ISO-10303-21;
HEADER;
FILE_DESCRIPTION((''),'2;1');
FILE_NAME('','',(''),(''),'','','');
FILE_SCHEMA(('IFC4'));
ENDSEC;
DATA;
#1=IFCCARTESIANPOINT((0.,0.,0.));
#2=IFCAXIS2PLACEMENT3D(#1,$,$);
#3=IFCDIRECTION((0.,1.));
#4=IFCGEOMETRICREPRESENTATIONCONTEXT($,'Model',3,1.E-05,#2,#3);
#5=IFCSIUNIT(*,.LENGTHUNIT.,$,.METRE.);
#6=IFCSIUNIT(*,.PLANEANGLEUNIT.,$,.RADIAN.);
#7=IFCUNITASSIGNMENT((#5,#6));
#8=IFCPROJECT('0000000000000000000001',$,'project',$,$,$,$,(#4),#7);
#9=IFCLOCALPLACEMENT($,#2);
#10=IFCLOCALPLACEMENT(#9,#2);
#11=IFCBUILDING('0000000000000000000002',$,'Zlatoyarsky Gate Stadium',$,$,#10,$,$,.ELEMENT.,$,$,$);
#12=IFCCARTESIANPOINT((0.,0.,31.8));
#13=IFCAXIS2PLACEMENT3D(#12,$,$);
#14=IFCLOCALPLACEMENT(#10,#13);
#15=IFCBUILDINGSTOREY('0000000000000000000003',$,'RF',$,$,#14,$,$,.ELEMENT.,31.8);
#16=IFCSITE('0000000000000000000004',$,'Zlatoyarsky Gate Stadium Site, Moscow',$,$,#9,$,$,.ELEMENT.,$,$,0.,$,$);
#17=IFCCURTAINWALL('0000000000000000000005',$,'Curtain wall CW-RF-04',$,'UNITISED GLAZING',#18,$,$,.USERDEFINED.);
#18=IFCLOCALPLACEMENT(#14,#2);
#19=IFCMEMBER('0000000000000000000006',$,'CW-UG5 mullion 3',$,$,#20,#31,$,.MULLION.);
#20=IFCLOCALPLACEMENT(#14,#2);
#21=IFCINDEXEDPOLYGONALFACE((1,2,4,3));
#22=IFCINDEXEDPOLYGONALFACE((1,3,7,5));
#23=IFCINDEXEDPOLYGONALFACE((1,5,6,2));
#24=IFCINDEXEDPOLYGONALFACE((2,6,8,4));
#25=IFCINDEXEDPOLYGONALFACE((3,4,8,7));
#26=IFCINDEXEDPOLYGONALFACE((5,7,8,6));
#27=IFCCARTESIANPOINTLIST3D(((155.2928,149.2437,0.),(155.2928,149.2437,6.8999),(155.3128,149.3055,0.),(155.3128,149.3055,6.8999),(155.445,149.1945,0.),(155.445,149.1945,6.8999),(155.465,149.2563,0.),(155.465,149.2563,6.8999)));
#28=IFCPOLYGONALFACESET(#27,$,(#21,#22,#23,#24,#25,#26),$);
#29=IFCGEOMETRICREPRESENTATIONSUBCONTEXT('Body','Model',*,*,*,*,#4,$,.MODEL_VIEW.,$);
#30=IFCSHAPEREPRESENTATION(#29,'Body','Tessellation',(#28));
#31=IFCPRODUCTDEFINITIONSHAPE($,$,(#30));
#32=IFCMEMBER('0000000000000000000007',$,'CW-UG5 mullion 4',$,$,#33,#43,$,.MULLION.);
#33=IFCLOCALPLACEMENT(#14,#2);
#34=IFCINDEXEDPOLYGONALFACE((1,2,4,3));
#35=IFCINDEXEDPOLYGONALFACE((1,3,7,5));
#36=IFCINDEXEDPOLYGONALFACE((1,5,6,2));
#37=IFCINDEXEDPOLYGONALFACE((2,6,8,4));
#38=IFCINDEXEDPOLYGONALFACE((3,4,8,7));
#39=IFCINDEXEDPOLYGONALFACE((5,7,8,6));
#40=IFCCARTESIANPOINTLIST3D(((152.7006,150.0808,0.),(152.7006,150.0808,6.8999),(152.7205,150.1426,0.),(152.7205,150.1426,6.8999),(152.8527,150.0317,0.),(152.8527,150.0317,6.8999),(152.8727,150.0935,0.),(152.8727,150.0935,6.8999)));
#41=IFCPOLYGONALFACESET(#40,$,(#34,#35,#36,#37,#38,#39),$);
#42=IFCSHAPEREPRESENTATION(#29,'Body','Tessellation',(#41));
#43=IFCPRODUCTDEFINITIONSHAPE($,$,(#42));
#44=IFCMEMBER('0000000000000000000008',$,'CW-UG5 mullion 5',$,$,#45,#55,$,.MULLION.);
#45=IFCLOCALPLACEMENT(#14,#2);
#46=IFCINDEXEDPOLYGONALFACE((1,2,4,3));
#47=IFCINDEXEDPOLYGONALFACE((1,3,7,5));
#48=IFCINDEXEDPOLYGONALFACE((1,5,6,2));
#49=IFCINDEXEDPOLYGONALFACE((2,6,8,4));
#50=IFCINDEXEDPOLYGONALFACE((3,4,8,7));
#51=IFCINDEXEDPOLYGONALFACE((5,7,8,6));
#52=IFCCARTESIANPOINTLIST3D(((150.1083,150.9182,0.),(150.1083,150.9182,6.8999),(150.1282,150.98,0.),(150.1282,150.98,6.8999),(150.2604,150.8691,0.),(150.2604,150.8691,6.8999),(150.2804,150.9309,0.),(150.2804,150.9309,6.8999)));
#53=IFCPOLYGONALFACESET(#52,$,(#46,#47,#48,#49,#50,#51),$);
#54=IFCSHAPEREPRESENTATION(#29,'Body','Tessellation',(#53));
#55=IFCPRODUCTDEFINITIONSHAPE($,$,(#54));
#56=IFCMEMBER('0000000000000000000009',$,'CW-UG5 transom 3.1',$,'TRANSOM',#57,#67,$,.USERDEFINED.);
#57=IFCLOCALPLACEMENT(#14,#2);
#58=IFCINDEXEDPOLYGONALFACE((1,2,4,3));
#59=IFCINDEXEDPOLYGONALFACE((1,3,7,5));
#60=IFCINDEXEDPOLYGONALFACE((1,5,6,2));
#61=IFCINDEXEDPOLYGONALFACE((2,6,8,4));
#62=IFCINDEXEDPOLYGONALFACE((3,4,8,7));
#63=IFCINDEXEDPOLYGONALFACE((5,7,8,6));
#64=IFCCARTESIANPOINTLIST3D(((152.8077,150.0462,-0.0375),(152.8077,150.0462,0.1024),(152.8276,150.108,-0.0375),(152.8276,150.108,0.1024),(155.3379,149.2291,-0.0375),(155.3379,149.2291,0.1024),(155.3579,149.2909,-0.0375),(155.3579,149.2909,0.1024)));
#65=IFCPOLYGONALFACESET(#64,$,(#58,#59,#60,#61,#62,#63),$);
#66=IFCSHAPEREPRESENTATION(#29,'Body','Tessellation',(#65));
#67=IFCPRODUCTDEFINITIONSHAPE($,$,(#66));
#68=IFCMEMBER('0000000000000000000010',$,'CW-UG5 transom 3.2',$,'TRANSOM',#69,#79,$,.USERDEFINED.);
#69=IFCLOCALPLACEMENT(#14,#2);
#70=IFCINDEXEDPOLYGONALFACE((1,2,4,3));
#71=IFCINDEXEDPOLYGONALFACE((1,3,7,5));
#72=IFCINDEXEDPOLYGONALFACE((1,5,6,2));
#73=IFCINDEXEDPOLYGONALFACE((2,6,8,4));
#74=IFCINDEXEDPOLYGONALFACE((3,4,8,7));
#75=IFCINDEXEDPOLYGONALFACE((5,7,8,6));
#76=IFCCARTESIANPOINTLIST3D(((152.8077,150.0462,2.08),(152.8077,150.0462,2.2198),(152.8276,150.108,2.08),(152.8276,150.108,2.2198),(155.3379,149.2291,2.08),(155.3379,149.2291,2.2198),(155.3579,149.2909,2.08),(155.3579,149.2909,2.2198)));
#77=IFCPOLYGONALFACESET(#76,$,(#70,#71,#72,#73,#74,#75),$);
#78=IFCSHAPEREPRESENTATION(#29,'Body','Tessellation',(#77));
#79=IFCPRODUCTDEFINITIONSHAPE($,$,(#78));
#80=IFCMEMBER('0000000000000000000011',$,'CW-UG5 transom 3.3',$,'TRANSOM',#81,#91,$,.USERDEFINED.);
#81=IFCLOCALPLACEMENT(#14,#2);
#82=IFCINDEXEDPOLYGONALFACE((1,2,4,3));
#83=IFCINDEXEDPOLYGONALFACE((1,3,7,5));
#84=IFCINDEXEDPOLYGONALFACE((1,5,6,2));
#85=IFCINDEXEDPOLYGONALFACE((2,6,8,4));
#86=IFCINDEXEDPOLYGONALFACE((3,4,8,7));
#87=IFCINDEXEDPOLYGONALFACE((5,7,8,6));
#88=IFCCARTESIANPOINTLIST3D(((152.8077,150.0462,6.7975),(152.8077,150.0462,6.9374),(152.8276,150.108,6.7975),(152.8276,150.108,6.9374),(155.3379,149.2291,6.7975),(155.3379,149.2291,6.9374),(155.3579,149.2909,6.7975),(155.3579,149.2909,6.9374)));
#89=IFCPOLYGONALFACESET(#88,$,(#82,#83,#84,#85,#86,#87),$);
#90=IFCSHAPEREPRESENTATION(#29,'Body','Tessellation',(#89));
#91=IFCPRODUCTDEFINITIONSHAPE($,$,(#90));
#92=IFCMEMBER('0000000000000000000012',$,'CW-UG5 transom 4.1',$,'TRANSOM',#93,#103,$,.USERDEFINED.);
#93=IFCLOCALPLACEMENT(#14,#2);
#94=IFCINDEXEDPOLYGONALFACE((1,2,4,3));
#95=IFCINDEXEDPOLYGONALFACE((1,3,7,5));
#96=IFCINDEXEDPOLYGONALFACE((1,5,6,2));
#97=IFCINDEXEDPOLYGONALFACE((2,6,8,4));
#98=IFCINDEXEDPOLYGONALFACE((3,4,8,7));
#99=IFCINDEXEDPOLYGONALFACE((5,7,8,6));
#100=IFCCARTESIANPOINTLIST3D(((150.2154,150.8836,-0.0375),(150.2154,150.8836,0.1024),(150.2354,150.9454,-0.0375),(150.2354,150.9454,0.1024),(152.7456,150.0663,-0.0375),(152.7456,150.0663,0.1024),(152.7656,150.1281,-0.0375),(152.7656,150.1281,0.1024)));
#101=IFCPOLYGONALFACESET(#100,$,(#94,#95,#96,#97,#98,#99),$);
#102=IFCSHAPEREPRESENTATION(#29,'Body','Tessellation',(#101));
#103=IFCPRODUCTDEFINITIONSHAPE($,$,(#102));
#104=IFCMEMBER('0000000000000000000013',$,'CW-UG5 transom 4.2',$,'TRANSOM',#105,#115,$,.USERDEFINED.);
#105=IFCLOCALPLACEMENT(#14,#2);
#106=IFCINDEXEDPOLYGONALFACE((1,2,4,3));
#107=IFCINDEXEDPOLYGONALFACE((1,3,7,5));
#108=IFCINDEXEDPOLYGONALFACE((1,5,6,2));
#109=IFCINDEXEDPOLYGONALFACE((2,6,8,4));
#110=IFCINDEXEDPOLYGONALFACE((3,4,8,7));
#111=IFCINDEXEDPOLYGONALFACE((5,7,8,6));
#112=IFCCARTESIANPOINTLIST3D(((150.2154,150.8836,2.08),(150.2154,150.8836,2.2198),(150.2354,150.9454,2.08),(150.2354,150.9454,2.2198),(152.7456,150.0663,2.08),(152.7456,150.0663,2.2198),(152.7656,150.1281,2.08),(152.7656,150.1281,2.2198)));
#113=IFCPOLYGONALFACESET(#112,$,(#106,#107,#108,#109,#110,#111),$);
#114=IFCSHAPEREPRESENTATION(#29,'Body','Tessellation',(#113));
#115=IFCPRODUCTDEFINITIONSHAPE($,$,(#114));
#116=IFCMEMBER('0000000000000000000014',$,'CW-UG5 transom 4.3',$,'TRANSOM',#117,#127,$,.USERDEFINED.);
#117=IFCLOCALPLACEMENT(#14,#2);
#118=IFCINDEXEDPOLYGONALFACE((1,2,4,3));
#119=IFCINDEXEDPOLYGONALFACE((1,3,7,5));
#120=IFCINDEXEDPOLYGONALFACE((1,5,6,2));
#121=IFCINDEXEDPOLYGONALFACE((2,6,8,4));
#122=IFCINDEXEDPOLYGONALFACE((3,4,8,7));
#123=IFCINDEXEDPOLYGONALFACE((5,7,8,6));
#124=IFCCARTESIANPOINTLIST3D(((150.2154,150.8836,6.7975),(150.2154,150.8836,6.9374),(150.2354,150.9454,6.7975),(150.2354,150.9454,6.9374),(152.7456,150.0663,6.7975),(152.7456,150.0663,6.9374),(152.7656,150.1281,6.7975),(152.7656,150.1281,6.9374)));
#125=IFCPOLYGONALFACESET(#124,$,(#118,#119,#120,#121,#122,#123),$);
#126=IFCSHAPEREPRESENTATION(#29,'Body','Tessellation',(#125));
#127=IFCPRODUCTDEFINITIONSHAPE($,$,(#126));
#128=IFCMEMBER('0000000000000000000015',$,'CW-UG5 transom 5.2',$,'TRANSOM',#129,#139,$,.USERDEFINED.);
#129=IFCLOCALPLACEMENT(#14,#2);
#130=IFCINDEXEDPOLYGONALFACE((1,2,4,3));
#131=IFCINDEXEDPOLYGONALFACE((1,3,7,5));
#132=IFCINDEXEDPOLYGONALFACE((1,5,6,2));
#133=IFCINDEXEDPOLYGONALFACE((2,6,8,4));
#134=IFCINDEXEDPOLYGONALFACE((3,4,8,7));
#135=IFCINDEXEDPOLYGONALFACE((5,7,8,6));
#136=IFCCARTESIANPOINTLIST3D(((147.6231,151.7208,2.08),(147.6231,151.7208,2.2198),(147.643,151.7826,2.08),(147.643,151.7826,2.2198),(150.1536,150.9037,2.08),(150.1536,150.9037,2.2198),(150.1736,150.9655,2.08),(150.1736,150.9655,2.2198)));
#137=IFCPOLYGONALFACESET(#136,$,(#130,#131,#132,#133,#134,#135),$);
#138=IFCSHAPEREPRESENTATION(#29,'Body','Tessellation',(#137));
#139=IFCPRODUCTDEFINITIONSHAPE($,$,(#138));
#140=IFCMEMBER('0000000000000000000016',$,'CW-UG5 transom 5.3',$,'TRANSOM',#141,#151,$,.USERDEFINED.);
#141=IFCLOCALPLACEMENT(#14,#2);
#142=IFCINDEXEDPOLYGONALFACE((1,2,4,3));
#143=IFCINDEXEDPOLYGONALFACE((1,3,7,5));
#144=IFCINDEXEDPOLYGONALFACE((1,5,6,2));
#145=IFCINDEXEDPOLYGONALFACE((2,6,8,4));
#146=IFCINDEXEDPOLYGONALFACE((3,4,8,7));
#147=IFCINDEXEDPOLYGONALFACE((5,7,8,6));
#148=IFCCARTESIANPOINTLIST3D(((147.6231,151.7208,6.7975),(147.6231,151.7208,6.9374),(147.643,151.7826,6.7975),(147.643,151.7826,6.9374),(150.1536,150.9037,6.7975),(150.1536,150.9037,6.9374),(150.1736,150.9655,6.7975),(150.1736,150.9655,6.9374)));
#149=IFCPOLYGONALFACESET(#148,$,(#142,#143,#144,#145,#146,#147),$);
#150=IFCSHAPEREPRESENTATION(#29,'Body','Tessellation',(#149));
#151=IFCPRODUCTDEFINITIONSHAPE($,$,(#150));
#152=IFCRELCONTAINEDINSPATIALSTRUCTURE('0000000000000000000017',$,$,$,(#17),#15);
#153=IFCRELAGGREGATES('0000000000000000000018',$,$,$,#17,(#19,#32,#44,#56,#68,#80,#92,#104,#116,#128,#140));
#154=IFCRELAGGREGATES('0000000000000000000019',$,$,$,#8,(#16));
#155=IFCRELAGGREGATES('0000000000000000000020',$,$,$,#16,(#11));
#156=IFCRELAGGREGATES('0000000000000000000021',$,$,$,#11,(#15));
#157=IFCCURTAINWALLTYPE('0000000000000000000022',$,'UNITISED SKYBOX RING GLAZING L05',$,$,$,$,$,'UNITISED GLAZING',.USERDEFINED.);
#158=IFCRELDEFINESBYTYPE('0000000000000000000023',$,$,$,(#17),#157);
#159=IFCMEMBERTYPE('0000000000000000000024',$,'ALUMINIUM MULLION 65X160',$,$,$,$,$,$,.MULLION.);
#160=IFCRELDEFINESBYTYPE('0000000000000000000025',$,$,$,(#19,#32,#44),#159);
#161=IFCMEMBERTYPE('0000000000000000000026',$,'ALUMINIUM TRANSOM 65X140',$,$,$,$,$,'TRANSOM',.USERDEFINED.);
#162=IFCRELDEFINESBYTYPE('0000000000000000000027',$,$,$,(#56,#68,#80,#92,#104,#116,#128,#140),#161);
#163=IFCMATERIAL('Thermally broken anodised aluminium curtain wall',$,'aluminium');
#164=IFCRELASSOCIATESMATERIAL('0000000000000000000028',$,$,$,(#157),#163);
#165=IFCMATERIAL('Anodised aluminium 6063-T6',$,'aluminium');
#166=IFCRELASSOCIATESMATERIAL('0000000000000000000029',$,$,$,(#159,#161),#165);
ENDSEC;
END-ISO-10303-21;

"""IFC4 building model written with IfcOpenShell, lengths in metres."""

from ifc_helpers import new_model, si_unit, direction, frame, origin, origin_2d, place, context, subcontext, project, spatial, rectangle, extrude, material, material_profile, profile_set, type_object, element, aggregate, save


model = new_model("IFC4")

# Units and contexts
model_context = context("Model", 3, precision=1e-05, world=origin(), true_north=direction((0.0, 1.0)))
body_context = subcontext(model_context, "Body", "Model", "MODEL_VIEW")
ifc_project = project(units=[si_unit("LENGTHUNIT", "METRE"), si_unit("PLANEANGLEUNIT", "RADIAN")], contexts=[model_context])

# Site, building, storey
site_placement = place(None, origin())
site = spatial("IfcSite", under=ifc_project, at=site_placement, Name="Zlatoyarsky Gate Stadium Site, Moscow", CompositionType="ELEMENT", RefElevation=0.0)
building_placement = place(site_placement, origin())
building = spatial("IfcBuilding", under=site, at=building_placement, Name="Zlatoyarsky Gate Stadium", CompositionType="ELEMENT")
storey_placement = place(building_placement, frame((0.0, 0.0, 31.8)))
storey = spatial("IfcBuildingStorey", under=building, at=storey_placement, Name="RF", CompositionType="ELEMENT", Elevation=31.8)

# Curtain wall, members
ifc_material_1 = material(Name="Thermally broken anodised aluminium curtain wall", Category="aluminium")
curtain_wall_type = type_object("IfcCurtainWallType", Name="UNITISED SKYBOX RING GLAZING L05", ElementType="UNITISED GLAZING", PredefinedType="USERDEFINED", material=ifc_material_1)
curtain_wall_placement = place(storey_placement, origin())
curtain_wall = element("IfcCurtainWall", 1, at=curtain_wall_placement, inside=storey, type_object=curtain_wall_type, Name="Curtain wall CW-RF-04", ObjectType="UNITISED GLAZING", PredefinedType="USERDEFINED")
ifc_material_2 = material(Name="Anodised aluminium 6063-T6", Category="aluminium")
ifc_material_profile_1 = material_profile(ifc_material_2, rectangle(XDim=0.0649, YDim=0.1599, at=origin_2d()), Name="ALU 65X160")
ifc_profile_set_1 = profile_set([ifc_material_profile_1], Name="Anodised aluminium 6063-T6")
member_type_1 = type_object("IfcMemberType", Name="ALUMINIUM MULLION 65X160", PredefinedType="MULLION", material=ifc_profile_set_1)
member_1_placement = place(storey_placement, frame((155.3789, 149.25, 0.0), z_axis=(0.0, 0.0, 1.0), x_axis=(-0.307352, -0.951596, 0.0)))
member_1 = element("IfcMember", 2, at=member_1_placement, type_object=member_type_1, Name="CW-UG5 mullion 3", PredefinedType="MULLION", context=body_context, shape_type="SweptSolid", body=[
    extrude(rectangle(XDim=0.0649, YDim=0.1599, at=origin_2d()), origin(), (0.0, 0.0, 1.0), 6.8999),
])
member_2_placement = place(storey_placement, frame((152.7866, 150.0872, 0.0), z_axis=(0.0, 0.0, 1.0), x_axis=(-0.307352, -0.951596, 0.0)))
member_2 = element("IfcMember", 3, at=member_2_placement, type_object=member_type_1, Name="CW-UG5 mullion 4", PredefinedType="MULLION", context=body_context, shape_type="SweptSolid", body=[
    extrude(rectangle(XDim=0.0649, YDim=0.1599, at=origin_2d()), origin(), (0.0, 0.0, 1.0), 6.8999),
])
member_3_placement = place(storey_placement, frame((150.1943, 150.9246, 0.0), z_axis=(0.0, 0.0, 1.0), x_axis=(-0.307352, -0.951596, 0.0)))
member_3 = element("IfcMember", 4, at=member_3_placement, type_object=member_type_1, Name="CW-UG5 mullion 5", PredefinedType="MULLION", context=body_context, shape_type="SweptSolid", body=[
    extrude(rectangle(XDim=0.0649, YDim=0.1599, at=origin_2d()), origin(), (0.0, 0.0, 1.0), 6.8999),
])
ifc_material_profile_2 = material_profile(ifc_material_2, rectangle(XDim=0.0649, YDim=0.1399, at=origin_2d()), Name="ALU 65X140")
ifc_profile_set_2 = profile_set([ifc_material_profile_2], Name="Anodised aluminium 6063-T6")
member_type_2 = type_object("IfcMemberType", Name="ALUMINIUM TRANSOM 65X140", ElementType="TRANSOM", PredefinedType="USERDEFINED", material=ifc_profile_set_2)
member_4_placement = place(storey_placement, frame((155.3479, 149.26, 0.0325), z_axis=(-0.951607, 0.307317, 0.0), x_axis=(-0.307317, -0.951607, 0.0)))
member_4 = element("IfcMember", 5, at=member_4_placement, type_object=member_type_2, Name="CW-UG5 transom 3.1", ObjectType="TRANSOM", PredefinedType="USERDEFINED", context=body_context, shape_type="SweptSolid", body=[
    extrude(rectangle(XDim=0.0649, YDim=0.1399, at=origin_2d()), origin(), (0.0, 0.0, 1.0), 2.6589),
])
member_5_placement = place(storey_placement, frame((155.3479, 149.26, 2.1499), z_axis=(-0.951607, 0.307317, 0.0), x_axis=(-0.307317, -0.951607, 0.0)))
member_5 = element("IfcMember", 6, at=member_5_placement, type_object=member_type_2, Name="CW-UG5 transom 3.2", ObjectType="TRANSOM", PredefinedType="USERDEFINED", context=body_context, shape_type="SweptSolid", body=[
    extrude(rectangle(XDim=0.0649, YDim=0.1399, at=origin_2d()), origin(), (0.0, 0.0, 1.0), 2.6589),
])
member_6_placement = place(storey_placement, frame((155.3479, 149.26, 6.8674), z_axis=(-0.951607, 0.307317, 0.0), x_axis=(-0.307317, -0.951607, 0.0)))
member_6 = element("IfcMember", 7, at=member_6_placement, type_object=member_type_2, Name="CW-UG5 transom 3.3", ObjectType="TRANSOM", PredefinedType="USERDEFINED", context=body_context, shape_type="SweptSolid", body=[
    extrude(rectangle(XDim=0.0649, YDim=0.1399, at=origin_2d()), origin(), (0.0, 0.0, 1.0), 2.6589),
])
member_7_placement = place(storey_placement, frame((152.7556, 150.0972, 0.0325), z_axis=(-0.95158, 0.3074, 0.0), x_axis=(-0.3074, -0.95158, 0.0)))
member_7 = element("IfcMember", 8, at=member_7_placement, type_object=member_type_2, Name="CW-UG5 transom 4.1", ObjectType="TRANSOM", PredefinedType="USERDEFINED", context=body_context, shape_type="SweptSolid", body=[
    extrude(rectangle(XDim=0.0649, YDim=0.1399, at=origin_2d()), origin(), (0.0, 0.0, 1.0), 2.6589),
])
member_8_placement = place(storey_placement, frame((152.7556, 150.0972, 2.1499), z_axis=(-0.95158, 0.3074, 0.0), x_axis=(-0.3074, -0.95158, 0.0)))
member_8 = element("IfcMember", 9, at=member_8_placement, type_object=member_type_2, Name="CW-UG5 transom 4.2", ObjectType="TRANSOM", PredefinedType="USERDEFINED", context=body_context, shape_type="SweptSolid", body=[
    extrude(rectangle(XDim=0.0649, YDim=0.1399, at=origin_2d()), origin(), (0.0, 0.0, 1.0), 2.6589),
])
member_9_placement = place(storey_placement, frame((152.7556, 150.0972, 6.8674), z_axis=(-0.95158, 0.3074, 0.0), x_axis=(-0.3074, -0.95158, 0.0)))
member_9 = element("IfcMember", 10, at=member_9_placement, type_object=member_type_2, Name="CW-UG5 transom 4.3", ObjectType="TRANSOM", PredefinedType="USERDEFINED", context=body_context, shape_type="SweptSolid", body=[
    extrude(rectangle(XDim=0.0649, YDim=0.1399, at=origin_2d()), origin(), (0.0, 0.0, 1.0), 2.6589),
])
member_10_placement = place(storey_placement, frame((150.1636, 150.9346, 2.1499), z_axis=(-0.951616, 0.30729, 0.0), x_axis=(-0.30729, -0.951616, 0.0)))
member_10 = element("IfcMember", 11, at=member_10_placement, type_object=member_type_2, Name="CW-UG5 transom 5.2", ObjectType="TRANSOM", PredefinedType="USERDEFINED", context=body_context, shape_type="SweptSolid", body=[
    extrude(rectangle(XDim=0.0649, YDim=0.1399, at=origin_2d()), origin(), (0.0, 0.0, 1.0), 2.6592),
])
member_11_placement = place(storey_placement, frame((150.1636, 150.9346, 6.8674), z_axis=(-0.951616, 0.30729, 0.0), x_axis=(-0.30729, -0.951616, 0.0)))
member_11 = element("IfcMember", 12, at=member_11_placement, type_object=member_type_2, Name="CW-UG5 transom 5.3", ObjectType="TRANSOM", PredefinedType="USERDEFINED", context=body_context, shape_type="SweptSolid", body=[
    extrude(rectangle(XDim=0.0649, YDim=0.1399, at=origin_2d()), origin(), (0.0, 0.0, 1.0), 2.6592),
])

aggregate(curtain_wall, [member_1, member_2, member_3, member_4, member_5, member_6, member_7, member_8, member_9, member_10, member_11])

save(model, "model.ifc")
